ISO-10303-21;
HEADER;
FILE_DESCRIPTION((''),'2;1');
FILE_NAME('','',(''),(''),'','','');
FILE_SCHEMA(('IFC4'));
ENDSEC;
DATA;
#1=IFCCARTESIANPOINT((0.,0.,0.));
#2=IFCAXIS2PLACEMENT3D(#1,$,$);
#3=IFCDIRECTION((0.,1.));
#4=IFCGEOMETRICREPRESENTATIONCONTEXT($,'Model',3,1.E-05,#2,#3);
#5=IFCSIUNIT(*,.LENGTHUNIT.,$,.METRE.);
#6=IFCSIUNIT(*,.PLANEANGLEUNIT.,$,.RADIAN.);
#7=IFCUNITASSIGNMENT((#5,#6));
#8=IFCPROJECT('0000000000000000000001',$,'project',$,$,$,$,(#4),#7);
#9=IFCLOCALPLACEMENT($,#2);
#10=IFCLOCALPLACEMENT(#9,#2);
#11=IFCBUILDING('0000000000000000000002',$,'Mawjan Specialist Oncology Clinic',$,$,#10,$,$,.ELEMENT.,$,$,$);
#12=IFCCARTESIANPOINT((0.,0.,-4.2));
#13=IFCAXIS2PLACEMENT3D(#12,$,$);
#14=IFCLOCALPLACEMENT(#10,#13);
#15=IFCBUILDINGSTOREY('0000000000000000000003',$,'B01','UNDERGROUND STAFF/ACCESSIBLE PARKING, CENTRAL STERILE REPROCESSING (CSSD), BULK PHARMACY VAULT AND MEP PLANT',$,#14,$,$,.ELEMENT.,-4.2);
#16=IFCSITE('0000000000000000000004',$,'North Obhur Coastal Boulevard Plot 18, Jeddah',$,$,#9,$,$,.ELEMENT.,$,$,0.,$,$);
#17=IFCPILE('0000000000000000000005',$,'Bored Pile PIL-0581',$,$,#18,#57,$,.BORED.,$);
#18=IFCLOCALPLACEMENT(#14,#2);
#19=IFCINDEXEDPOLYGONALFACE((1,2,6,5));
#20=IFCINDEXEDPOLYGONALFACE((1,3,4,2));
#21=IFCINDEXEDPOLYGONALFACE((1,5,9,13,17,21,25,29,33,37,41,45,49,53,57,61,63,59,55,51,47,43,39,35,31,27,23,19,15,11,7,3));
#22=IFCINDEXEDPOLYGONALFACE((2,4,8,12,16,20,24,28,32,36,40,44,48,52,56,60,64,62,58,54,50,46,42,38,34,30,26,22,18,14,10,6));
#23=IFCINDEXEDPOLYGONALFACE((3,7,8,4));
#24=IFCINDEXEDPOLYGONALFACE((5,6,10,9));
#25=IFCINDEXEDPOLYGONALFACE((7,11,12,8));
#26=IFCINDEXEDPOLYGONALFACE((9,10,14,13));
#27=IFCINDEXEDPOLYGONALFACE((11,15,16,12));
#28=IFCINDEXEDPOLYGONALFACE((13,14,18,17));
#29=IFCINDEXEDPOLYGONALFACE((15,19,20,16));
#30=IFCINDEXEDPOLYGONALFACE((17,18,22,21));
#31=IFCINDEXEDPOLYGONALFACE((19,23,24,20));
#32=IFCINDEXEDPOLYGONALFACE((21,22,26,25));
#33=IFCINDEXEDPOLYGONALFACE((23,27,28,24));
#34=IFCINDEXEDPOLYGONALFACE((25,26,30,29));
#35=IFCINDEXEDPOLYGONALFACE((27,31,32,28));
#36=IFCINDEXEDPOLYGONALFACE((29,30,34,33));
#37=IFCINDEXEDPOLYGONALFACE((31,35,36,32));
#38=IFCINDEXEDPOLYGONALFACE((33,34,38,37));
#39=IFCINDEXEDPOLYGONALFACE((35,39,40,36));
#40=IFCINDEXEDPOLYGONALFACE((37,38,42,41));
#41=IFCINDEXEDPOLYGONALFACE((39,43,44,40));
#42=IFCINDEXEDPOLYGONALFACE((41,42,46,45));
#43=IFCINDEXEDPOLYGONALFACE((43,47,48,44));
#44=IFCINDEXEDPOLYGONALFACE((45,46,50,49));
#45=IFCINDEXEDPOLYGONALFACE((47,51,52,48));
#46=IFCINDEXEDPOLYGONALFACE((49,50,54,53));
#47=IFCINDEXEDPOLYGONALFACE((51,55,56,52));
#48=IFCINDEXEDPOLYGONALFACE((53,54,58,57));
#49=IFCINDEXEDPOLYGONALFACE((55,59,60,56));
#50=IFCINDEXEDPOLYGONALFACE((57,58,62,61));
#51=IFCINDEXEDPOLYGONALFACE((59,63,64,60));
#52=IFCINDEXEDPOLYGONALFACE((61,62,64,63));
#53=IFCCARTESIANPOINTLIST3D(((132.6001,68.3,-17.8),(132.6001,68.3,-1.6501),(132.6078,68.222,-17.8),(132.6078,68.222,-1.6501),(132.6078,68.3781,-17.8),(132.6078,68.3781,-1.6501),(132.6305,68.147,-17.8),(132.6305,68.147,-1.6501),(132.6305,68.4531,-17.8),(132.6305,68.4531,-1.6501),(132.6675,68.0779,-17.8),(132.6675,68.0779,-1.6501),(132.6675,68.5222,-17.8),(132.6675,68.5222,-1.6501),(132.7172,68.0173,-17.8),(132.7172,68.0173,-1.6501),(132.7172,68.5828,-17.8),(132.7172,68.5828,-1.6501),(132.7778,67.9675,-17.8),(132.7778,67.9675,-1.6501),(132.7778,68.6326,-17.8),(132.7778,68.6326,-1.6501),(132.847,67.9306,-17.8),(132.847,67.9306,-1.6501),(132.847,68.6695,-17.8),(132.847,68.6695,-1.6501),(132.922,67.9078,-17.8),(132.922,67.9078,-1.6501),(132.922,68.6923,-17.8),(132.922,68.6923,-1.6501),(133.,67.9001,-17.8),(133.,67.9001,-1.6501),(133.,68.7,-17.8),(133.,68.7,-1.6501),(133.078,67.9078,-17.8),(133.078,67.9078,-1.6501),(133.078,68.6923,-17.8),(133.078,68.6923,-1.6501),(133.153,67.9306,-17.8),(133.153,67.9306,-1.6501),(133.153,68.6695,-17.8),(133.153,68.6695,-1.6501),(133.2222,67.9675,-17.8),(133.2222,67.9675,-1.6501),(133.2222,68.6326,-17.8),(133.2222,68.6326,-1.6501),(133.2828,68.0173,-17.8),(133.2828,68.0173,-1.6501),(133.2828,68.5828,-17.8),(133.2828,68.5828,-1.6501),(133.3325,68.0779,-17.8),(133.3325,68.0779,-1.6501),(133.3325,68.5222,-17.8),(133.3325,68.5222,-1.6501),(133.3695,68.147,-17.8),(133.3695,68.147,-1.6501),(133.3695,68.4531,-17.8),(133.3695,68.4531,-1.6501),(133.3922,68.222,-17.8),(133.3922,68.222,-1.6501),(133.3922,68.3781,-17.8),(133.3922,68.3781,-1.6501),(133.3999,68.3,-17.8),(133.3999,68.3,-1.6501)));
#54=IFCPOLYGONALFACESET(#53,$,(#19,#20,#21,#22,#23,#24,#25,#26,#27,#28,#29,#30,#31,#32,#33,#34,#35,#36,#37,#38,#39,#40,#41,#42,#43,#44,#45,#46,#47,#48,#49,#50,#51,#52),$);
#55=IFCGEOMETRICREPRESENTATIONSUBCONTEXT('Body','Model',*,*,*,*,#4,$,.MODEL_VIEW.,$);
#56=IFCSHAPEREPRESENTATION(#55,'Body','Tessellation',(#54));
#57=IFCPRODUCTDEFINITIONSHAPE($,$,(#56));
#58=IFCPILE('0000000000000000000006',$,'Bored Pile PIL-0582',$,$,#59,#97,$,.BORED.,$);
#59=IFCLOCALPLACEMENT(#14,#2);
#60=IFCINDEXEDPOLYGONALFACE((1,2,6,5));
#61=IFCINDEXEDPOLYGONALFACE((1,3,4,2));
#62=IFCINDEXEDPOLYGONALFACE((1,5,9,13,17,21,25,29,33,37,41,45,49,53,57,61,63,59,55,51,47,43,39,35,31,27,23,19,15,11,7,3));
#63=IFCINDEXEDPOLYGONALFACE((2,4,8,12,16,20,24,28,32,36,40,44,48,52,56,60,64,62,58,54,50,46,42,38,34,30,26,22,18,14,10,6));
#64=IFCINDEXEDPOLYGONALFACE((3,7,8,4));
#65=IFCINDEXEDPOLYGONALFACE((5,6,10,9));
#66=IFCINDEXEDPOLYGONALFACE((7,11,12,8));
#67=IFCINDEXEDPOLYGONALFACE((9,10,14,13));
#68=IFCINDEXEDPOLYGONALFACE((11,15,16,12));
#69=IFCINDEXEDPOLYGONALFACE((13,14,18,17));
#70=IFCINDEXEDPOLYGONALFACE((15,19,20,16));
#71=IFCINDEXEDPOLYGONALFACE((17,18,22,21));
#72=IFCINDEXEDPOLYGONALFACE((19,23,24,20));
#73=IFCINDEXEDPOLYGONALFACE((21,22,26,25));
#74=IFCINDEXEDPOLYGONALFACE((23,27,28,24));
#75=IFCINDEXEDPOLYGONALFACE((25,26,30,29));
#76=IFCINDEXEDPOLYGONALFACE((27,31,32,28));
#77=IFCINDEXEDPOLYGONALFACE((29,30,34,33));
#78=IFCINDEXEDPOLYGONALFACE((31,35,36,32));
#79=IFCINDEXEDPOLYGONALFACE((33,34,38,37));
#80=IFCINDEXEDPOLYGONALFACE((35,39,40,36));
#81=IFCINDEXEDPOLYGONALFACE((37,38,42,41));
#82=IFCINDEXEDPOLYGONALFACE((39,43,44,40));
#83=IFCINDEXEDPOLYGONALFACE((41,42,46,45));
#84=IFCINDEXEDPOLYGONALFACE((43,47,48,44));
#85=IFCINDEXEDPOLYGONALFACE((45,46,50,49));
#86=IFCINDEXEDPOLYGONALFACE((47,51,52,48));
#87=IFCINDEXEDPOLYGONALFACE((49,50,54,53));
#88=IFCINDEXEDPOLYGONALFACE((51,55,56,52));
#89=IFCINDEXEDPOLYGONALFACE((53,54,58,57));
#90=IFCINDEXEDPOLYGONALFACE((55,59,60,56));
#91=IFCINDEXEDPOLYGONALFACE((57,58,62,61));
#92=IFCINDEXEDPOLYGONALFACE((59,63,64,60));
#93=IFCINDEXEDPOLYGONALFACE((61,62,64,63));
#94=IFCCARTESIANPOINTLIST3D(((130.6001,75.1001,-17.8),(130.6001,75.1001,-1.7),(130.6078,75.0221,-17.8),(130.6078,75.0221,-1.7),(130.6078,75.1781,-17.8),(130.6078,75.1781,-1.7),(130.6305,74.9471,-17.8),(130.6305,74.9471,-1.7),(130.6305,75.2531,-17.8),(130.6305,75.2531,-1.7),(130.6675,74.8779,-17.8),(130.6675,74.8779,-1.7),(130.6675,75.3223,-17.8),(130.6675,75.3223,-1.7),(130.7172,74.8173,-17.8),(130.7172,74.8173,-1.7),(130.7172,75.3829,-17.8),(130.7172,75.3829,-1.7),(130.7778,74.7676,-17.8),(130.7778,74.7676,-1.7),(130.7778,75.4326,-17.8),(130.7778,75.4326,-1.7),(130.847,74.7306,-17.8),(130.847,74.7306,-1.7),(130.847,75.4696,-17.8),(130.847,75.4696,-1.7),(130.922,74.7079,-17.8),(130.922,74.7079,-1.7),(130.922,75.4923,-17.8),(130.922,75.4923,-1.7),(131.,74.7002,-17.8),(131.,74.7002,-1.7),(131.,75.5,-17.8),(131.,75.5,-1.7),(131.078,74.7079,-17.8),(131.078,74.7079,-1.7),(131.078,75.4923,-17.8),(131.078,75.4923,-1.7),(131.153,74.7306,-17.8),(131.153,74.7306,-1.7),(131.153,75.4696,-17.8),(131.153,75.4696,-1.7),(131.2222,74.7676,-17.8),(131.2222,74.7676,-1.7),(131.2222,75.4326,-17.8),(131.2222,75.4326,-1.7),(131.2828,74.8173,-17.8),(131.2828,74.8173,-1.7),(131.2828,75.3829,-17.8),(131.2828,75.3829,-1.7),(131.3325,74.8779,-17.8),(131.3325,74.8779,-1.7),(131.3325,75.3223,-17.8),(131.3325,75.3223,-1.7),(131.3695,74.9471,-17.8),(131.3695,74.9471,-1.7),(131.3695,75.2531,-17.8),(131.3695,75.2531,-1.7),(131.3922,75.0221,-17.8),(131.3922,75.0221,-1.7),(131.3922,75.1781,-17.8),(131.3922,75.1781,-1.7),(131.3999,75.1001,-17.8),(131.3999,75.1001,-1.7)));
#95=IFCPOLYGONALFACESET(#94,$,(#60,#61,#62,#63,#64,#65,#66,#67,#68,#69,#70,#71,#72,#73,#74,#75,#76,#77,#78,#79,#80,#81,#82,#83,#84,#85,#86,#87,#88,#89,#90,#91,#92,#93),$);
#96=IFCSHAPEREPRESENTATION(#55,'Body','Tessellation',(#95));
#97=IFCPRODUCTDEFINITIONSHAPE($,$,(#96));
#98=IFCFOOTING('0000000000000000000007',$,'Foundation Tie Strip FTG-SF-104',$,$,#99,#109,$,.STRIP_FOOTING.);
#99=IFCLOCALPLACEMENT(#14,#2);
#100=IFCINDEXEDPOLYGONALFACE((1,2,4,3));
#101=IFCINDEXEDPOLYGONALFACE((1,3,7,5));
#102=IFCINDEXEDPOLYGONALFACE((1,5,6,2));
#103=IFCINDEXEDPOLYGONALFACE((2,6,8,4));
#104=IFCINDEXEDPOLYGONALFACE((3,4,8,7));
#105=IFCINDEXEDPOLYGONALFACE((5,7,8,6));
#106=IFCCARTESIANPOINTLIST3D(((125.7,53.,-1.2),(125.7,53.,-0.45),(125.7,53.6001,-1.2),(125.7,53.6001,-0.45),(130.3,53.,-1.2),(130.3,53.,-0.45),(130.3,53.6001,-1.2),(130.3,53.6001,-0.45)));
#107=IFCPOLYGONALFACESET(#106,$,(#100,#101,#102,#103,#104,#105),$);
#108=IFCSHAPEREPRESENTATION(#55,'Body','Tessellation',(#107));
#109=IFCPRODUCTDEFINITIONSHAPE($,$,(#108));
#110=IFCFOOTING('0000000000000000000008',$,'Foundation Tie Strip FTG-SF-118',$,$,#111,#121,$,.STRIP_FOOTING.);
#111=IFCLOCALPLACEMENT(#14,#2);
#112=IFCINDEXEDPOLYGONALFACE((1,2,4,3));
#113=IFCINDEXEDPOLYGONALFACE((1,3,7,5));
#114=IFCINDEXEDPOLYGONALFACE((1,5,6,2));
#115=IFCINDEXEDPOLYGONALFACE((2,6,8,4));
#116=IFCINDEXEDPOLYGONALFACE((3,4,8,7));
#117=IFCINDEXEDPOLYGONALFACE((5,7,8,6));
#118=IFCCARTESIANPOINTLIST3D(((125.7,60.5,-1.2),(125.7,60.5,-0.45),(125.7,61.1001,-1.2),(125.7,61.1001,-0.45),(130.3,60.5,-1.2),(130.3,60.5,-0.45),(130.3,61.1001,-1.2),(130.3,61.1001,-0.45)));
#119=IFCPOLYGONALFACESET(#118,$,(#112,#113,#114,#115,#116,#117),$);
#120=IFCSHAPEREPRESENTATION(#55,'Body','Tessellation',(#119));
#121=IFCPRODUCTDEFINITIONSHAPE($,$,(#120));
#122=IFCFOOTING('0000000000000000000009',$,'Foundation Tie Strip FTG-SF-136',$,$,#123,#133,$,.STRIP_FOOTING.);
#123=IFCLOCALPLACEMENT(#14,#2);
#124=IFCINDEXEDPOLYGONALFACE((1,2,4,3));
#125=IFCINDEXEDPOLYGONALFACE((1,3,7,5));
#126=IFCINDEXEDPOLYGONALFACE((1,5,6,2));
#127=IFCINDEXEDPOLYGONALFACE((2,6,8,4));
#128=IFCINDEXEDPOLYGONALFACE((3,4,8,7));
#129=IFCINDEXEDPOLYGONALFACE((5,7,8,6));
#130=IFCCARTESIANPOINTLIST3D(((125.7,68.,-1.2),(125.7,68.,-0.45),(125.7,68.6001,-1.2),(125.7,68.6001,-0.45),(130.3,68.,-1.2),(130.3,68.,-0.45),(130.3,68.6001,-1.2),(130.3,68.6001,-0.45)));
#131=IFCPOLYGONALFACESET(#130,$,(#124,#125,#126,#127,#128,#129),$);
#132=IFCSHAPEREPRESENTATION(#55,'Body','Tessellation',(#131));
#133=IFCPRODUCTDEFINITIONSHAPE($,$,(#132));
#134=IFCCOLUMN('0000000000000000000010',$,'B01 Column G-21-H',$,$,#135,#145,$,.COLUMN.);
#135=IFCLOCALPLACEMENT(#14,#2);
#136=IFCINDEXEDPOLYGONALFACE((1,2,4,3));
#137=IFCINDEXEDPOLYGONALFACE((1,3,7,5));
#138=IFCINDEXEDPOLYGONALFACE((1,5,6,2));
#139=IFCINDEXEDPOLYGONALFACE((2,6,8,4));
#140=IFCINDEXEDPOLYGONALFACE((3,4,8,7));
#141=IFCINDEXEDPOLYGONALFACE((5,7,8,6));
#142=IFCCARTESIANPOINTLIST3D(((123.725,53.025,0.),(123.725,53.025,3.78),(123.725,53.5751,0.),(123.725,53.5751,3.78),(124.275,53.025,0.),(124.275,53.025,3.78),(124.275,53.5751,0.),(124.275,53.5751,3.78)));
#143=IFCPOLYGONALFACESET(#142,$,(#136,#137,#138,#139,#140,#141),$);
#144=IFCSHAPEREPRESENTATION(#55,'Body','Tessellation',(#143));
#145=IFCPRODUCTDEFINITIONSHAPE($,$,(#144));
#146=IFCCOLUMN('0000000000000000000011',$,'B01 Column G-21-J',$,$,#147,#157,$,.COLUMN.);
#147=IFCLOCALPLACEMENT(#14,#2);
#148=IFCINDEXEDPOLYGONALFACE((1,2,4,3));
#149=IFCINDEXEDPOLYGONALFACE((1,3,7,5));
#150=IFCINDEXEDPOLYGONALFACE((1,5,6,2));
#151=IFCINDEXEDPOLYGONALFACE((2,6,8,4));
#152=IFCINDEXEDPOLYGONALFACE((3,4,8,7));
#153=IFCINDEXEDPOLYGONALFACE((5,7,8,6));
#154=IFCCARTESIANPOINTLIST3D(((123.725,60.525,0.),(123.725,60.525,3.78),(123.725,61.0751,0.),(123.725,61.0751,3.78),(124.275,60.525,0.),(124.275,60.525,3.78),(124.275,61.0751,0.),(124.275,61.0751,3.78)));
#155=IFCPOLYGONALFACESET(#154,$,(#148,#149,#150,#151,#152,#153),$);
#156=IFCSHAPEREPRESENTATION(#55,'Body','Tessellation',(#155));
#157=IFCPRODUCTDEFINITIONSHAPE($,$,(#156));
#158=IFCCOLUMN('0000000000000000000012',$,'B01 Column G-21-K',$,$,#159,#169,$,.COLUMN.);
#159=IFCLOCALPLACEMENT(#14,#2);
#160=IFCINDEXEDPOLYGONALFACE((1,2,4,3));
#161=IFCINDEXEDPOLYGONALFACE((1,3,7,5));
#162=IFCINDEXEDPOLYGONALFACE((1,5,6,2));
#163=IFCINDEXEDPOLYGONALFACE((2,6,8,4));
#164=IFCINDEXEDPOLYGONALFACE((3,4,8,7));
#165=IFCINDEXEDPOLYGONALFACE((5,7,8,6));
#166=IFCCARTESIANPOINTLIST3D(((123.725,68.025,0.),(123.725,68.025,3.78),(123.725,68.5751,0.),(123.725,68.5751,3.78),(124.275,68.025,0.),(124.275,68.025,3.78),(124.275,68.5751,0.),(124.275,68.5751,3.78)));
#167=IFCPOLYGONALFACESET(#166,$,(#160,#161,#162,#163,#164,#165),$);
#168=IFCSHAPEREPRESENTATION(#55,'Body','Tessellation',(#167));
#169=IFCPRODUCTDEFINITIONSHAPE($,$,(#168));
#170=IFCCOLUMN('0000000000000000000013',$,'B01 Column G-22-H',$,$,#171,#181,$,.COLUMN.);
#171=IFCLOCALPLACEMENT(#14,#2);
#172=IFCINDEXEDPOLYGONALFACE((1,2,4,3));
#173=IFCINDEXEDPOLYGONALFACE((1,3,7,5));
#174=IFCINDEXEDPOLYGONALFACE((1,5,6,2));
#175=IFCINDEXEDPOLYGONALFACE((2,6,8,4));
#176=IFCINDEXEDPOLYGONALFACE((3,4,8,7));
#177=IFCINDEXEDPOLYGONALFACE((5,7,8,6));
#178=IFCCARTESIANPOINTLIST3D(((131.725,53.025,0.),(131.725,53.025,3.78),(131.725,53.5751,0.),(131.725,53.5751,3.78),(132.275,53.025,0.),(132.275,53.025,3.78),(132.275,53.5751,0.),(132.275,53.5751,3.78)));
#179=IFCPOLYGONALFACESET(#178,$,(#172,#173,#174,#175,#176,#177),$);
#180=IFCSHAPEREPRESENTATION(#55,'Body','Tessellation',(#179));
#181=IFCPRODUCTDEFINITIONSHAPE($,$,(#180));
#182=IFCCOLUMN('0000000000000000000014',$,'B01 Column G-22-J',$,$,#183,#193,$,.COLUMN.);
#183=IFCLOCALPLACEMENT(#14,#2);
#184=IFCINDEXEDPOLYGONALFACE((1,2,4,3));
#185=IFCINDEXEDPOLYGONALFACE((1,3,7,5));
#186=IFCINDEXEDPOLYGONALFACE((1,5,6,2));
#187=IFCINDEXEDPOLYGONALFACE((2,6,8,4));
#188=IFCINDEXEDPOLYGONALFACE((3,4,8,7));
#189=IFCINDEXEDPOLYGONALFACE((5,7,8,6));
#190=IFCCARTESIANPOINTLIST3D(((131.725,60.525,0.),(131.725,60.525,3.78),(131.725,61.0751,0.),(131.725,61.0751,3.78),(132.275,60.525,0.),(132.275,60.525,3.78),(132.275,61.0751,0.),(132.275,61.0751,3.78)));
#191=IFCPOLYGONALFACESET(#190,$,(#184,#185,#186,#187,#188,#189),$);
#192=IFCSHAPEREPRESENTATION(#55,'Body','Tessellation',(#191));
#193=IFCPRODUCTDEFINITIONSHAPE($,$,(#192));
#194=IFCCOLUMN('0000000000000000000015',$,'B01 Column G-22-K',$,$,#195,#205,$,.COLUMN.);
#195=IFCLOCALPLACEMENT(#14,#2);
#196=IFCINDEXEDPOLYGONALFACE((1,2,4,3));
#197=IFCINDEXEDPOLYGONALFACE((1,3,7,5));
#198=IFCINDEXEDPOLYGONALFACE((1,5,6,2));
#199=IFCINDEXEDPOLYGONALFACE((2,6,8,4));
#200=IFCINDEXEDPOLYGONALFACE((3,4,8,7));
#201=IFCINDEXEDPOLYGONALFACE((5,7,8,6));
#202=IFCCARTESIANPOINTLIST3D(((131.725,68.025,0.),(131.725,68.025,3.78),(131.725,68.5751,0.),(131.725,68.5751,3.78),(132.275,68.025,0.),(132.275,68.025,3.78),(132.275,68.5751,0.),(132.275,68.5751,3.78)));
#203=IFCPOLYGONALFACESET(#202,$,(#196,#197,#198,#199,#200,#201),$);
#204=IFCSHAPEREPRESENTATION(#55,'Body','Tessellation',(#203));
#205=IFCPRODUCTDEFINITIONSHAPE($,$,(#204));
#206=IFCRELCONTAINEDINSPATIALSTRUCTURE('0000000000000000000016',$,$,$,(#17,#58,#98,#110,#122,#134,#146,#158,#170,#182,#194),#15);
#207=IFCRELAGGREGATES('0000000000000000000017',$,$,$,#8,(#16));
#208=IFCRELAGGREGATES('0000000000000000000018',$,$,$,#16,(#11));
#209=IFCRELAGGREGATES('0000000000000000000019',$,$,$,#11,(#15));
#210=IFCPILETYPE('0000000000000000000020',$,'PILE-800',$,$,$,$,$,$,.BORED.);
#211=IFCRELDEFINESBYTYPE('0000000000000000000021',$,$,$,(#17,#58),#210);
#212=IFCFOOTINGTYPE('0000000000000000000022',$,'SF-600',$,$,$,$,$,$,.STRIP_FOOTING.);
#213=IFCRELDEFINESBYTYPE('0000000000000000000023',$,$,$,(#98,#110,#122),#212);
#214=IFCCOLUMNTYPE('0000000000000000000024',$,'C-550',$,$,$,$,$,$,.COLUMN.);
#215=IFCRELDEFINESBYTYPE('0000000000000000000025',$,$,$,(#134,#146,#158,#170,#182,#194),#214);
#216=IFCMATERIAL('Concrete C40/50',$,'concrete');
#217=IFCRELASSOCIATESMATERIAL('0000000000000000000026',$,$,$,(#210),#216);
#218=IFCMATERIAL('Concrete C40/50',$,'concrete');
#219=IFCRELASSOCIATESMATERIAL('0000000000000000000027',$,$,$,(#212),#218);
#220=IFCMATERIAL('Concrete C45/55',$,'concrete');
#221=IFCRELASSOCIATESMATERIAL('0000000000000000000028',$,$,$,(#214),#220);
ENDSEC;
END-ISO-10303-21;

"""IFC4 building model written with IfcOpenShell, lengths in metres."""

from ifc_helpers import new_model, si_unit, direction, frame, origin, origin_2d, place, context, subcontext, project, spatial, rectangle, circle, extrude, material, material_profile, profile_set, type_object, element, save


model = new_model("IFC4")

# Units and contexts
model_context = context("Model", 3, precision=1e-05, world=origin(), true_north=direction((0.0, 1.0)))
body_context = subcontext(model_context, "Body", "Model", "MODEL_VIEW")
ifc_project = project(units=[si_unit("LENGTHUNIT", "METRE"), si_unit("PLANEANGLEUNIT", "RADIAN")], contexts=[model_context])

# Site, building, storey
site_placement = place(None, origin())
site = spatial("IfcSite", under=ifc_project, at=site_placement, Name="North Obhur Coastal Boulevard Plot 18, Jeddah", CompositionType="ELEMENT", RefElevation=0.0)
building_placement = place(site_placement, origin())
building = spatial("IfcBuilding", under=site, at=building_placement, Name="Mawjan Specialist Oncology Clinic", CompositionType="ELEMENT")
storey_placement = place(building_placement, frame((0.0, 0.0, -4.2)))
storey = spatial("IfcBuildingStorey", under=building, at=storey_placement, Name="B01", Description="UNDERGROUND STAFF/ACCESSIBLE PARKING, CENTRAL STERILE REPROCESSING (CSSD), BULK PHARMACY VAULT AND MEP PLANT", CompositionType="ELEMENT", Elevation=-4.2)

# Piles
ifc_material_1 = material(Name="Concrete C40/50", Category="concrete")
ifc_material_profile_1 = material_profile(ifc_material_1, circle(Radius=0.3999, at=origin_2d()), Name="BORED PILE D800", Category="concrete")
ifc_profile_set_1 = profile_set([ifc_material_profile_1], Name="Concrete C40/50")
pile_type = type_object("IfcPileType", Name="PILE-800", PredefinedType="BORED", material=ifc_profile_set_1)
for number, where, z_axis, x_axis, name in (
    (1, (133.0, 68.3, -1.6501), (0.0, 0.0, -1.0), (1.0, 0.0, 0.0), "Bored Pile PIL-0581"),
):
    element("IfcPile", number, at=place(storey_placement, frame(where, z_axis=z_axis, x_axis=x_axis)), inside=storey, type_object=pile_type, Name=name, PredefinedType="BORED", context=body_context, shape_type="SweptSolid", body=[
        extrude(circle(Radius=0.3999, at=origin_2d()), origin(), (0.0, 0.0, 1.0), 16.1499),
    ])
pile_placement = place(storey_placement, frame((131.0, 75.1001, -1.7), z_axis=(0.0, 0.0, -1.0), x_axis=(1.0, 0.0, 0.0)))
element("IfcPile", 2, at=pile_placement, inside=storey, type_object=pile_type, Name="Bored Pile PIL-0582", PredefinedType="BORED", context=body_context, shape_type="SweptSolid", body=[
    extrude(circle(Radius=0.3999, at=origin_2d()), origin(), (0.0, 0.0, 1.0), 16.1001),
])

# Footings
ifc_material_2 = material(Name="Concrete C40/50", Category="concrete")
footing_type_1 = type_object("IfcFootingType", Name="SF-600", PredefinedType="STRIP_FOOTING", material=ifc_material_2)
for number, where, z_axis, x_axis, name in (
    (3, (128.0, 53.3, -1.2), (0.0, 0.0, 1.0), (1.0, 0.0, 0.0), "Foundation Tie Strip FTG-SF-104"),
    (4, (128.0, 60.8, -1.2), (0.0, 0.0, 1.0), (1.0, 0.0, 0.0), "Foundation Tie Strip FTG-SF-118"),
    (5, (128.0, 68.3, -1.2), (0.0, 0.0, 1.0), (1.0, 0.0, 0.0), "Foundation Tie Strip FTG-SF-136"),
):
    element("IfcFooting", number, at=place(storey_placement, frame(where, z_axis=z_axis, x_axis=x_axis)), inside=storey, type_object=footing_type_1, Name=name, PredefinedType="STRIP_FOOTING", context=body_context, shape_type="SweptSolid", body=[
        extrude(rectangle(XDim=4.6001, YDim=0.6001, at=origin_2d()), origin(), (0.0, 0.0, 1.0), 0.75),
    ])

# Columns
ifc_material_3 = material(Name="Concrete C45/55", Category="concrete")
ifc_material_profile_2 = material_profile(ifc_material_3, rectangle(XDim=0.55, YDim=0.55, at=origin_2d()), Name="RC COL 550x550", Category="concrete")
ifc_profile_set_2 = profile_set([ifc_material_profile_2], Name="Concrete C45/55")
column_type = type_object("IfcColumnType", Name="C-550", PredefinedType="COLUMN", material=ifc_profile_set_2)
for number, where, z_axis, x_axis, name in (
    (6, (124.0, 53.3, 0.0), (0.0, 0.0, 1.0), (1.0, 0.0, 0.0), "B01 Column G-21-H"),
    (7, (124.0, 60.8, 0.0), (0.0, 0.0, 1.0), (1.0, 0.0, 0.0), "B01 Column G-21-J"),
    (8, (124.0, 68.3, 0.0), (0.0, 0.0, 1.0), (1.0, 0.0, 0.0), "B01 Column G-21-K"),
    (9, (132.0, 53.3, 0.0), (0.0, 0.0, 1.0), (1.0, 0.0, 0.0), "B01 Column G-22-H"),
    (10, (132.0, 60.8, 0.0), (0.0, 0.0, 1.0), (1.0, 0.0, 0.0), "B01 Column G-22-J"),
    (11, (132.0, 68.3, 0.0), (0.0, 0.0, 1.0), (1.0, 0.0, 0.0), "B01 Column G-22-K"),
):
    element("IfcColumn", number, at=place(storey_placement, frame(where, z_axis=z_axis, x_axis=x_axis)), inside=storey, type_object=column_type, Name=name, PredefinedType="COLUMN", context=body_context, shape_type="SweptSolid", body=[
        extrude(rectangle(XDim=0.55, YDim=0.55, at=origin_2d()), origin(), (0.0, 0.0, 1.0), 3.78),
    ])

save(model, "model.ifc")
